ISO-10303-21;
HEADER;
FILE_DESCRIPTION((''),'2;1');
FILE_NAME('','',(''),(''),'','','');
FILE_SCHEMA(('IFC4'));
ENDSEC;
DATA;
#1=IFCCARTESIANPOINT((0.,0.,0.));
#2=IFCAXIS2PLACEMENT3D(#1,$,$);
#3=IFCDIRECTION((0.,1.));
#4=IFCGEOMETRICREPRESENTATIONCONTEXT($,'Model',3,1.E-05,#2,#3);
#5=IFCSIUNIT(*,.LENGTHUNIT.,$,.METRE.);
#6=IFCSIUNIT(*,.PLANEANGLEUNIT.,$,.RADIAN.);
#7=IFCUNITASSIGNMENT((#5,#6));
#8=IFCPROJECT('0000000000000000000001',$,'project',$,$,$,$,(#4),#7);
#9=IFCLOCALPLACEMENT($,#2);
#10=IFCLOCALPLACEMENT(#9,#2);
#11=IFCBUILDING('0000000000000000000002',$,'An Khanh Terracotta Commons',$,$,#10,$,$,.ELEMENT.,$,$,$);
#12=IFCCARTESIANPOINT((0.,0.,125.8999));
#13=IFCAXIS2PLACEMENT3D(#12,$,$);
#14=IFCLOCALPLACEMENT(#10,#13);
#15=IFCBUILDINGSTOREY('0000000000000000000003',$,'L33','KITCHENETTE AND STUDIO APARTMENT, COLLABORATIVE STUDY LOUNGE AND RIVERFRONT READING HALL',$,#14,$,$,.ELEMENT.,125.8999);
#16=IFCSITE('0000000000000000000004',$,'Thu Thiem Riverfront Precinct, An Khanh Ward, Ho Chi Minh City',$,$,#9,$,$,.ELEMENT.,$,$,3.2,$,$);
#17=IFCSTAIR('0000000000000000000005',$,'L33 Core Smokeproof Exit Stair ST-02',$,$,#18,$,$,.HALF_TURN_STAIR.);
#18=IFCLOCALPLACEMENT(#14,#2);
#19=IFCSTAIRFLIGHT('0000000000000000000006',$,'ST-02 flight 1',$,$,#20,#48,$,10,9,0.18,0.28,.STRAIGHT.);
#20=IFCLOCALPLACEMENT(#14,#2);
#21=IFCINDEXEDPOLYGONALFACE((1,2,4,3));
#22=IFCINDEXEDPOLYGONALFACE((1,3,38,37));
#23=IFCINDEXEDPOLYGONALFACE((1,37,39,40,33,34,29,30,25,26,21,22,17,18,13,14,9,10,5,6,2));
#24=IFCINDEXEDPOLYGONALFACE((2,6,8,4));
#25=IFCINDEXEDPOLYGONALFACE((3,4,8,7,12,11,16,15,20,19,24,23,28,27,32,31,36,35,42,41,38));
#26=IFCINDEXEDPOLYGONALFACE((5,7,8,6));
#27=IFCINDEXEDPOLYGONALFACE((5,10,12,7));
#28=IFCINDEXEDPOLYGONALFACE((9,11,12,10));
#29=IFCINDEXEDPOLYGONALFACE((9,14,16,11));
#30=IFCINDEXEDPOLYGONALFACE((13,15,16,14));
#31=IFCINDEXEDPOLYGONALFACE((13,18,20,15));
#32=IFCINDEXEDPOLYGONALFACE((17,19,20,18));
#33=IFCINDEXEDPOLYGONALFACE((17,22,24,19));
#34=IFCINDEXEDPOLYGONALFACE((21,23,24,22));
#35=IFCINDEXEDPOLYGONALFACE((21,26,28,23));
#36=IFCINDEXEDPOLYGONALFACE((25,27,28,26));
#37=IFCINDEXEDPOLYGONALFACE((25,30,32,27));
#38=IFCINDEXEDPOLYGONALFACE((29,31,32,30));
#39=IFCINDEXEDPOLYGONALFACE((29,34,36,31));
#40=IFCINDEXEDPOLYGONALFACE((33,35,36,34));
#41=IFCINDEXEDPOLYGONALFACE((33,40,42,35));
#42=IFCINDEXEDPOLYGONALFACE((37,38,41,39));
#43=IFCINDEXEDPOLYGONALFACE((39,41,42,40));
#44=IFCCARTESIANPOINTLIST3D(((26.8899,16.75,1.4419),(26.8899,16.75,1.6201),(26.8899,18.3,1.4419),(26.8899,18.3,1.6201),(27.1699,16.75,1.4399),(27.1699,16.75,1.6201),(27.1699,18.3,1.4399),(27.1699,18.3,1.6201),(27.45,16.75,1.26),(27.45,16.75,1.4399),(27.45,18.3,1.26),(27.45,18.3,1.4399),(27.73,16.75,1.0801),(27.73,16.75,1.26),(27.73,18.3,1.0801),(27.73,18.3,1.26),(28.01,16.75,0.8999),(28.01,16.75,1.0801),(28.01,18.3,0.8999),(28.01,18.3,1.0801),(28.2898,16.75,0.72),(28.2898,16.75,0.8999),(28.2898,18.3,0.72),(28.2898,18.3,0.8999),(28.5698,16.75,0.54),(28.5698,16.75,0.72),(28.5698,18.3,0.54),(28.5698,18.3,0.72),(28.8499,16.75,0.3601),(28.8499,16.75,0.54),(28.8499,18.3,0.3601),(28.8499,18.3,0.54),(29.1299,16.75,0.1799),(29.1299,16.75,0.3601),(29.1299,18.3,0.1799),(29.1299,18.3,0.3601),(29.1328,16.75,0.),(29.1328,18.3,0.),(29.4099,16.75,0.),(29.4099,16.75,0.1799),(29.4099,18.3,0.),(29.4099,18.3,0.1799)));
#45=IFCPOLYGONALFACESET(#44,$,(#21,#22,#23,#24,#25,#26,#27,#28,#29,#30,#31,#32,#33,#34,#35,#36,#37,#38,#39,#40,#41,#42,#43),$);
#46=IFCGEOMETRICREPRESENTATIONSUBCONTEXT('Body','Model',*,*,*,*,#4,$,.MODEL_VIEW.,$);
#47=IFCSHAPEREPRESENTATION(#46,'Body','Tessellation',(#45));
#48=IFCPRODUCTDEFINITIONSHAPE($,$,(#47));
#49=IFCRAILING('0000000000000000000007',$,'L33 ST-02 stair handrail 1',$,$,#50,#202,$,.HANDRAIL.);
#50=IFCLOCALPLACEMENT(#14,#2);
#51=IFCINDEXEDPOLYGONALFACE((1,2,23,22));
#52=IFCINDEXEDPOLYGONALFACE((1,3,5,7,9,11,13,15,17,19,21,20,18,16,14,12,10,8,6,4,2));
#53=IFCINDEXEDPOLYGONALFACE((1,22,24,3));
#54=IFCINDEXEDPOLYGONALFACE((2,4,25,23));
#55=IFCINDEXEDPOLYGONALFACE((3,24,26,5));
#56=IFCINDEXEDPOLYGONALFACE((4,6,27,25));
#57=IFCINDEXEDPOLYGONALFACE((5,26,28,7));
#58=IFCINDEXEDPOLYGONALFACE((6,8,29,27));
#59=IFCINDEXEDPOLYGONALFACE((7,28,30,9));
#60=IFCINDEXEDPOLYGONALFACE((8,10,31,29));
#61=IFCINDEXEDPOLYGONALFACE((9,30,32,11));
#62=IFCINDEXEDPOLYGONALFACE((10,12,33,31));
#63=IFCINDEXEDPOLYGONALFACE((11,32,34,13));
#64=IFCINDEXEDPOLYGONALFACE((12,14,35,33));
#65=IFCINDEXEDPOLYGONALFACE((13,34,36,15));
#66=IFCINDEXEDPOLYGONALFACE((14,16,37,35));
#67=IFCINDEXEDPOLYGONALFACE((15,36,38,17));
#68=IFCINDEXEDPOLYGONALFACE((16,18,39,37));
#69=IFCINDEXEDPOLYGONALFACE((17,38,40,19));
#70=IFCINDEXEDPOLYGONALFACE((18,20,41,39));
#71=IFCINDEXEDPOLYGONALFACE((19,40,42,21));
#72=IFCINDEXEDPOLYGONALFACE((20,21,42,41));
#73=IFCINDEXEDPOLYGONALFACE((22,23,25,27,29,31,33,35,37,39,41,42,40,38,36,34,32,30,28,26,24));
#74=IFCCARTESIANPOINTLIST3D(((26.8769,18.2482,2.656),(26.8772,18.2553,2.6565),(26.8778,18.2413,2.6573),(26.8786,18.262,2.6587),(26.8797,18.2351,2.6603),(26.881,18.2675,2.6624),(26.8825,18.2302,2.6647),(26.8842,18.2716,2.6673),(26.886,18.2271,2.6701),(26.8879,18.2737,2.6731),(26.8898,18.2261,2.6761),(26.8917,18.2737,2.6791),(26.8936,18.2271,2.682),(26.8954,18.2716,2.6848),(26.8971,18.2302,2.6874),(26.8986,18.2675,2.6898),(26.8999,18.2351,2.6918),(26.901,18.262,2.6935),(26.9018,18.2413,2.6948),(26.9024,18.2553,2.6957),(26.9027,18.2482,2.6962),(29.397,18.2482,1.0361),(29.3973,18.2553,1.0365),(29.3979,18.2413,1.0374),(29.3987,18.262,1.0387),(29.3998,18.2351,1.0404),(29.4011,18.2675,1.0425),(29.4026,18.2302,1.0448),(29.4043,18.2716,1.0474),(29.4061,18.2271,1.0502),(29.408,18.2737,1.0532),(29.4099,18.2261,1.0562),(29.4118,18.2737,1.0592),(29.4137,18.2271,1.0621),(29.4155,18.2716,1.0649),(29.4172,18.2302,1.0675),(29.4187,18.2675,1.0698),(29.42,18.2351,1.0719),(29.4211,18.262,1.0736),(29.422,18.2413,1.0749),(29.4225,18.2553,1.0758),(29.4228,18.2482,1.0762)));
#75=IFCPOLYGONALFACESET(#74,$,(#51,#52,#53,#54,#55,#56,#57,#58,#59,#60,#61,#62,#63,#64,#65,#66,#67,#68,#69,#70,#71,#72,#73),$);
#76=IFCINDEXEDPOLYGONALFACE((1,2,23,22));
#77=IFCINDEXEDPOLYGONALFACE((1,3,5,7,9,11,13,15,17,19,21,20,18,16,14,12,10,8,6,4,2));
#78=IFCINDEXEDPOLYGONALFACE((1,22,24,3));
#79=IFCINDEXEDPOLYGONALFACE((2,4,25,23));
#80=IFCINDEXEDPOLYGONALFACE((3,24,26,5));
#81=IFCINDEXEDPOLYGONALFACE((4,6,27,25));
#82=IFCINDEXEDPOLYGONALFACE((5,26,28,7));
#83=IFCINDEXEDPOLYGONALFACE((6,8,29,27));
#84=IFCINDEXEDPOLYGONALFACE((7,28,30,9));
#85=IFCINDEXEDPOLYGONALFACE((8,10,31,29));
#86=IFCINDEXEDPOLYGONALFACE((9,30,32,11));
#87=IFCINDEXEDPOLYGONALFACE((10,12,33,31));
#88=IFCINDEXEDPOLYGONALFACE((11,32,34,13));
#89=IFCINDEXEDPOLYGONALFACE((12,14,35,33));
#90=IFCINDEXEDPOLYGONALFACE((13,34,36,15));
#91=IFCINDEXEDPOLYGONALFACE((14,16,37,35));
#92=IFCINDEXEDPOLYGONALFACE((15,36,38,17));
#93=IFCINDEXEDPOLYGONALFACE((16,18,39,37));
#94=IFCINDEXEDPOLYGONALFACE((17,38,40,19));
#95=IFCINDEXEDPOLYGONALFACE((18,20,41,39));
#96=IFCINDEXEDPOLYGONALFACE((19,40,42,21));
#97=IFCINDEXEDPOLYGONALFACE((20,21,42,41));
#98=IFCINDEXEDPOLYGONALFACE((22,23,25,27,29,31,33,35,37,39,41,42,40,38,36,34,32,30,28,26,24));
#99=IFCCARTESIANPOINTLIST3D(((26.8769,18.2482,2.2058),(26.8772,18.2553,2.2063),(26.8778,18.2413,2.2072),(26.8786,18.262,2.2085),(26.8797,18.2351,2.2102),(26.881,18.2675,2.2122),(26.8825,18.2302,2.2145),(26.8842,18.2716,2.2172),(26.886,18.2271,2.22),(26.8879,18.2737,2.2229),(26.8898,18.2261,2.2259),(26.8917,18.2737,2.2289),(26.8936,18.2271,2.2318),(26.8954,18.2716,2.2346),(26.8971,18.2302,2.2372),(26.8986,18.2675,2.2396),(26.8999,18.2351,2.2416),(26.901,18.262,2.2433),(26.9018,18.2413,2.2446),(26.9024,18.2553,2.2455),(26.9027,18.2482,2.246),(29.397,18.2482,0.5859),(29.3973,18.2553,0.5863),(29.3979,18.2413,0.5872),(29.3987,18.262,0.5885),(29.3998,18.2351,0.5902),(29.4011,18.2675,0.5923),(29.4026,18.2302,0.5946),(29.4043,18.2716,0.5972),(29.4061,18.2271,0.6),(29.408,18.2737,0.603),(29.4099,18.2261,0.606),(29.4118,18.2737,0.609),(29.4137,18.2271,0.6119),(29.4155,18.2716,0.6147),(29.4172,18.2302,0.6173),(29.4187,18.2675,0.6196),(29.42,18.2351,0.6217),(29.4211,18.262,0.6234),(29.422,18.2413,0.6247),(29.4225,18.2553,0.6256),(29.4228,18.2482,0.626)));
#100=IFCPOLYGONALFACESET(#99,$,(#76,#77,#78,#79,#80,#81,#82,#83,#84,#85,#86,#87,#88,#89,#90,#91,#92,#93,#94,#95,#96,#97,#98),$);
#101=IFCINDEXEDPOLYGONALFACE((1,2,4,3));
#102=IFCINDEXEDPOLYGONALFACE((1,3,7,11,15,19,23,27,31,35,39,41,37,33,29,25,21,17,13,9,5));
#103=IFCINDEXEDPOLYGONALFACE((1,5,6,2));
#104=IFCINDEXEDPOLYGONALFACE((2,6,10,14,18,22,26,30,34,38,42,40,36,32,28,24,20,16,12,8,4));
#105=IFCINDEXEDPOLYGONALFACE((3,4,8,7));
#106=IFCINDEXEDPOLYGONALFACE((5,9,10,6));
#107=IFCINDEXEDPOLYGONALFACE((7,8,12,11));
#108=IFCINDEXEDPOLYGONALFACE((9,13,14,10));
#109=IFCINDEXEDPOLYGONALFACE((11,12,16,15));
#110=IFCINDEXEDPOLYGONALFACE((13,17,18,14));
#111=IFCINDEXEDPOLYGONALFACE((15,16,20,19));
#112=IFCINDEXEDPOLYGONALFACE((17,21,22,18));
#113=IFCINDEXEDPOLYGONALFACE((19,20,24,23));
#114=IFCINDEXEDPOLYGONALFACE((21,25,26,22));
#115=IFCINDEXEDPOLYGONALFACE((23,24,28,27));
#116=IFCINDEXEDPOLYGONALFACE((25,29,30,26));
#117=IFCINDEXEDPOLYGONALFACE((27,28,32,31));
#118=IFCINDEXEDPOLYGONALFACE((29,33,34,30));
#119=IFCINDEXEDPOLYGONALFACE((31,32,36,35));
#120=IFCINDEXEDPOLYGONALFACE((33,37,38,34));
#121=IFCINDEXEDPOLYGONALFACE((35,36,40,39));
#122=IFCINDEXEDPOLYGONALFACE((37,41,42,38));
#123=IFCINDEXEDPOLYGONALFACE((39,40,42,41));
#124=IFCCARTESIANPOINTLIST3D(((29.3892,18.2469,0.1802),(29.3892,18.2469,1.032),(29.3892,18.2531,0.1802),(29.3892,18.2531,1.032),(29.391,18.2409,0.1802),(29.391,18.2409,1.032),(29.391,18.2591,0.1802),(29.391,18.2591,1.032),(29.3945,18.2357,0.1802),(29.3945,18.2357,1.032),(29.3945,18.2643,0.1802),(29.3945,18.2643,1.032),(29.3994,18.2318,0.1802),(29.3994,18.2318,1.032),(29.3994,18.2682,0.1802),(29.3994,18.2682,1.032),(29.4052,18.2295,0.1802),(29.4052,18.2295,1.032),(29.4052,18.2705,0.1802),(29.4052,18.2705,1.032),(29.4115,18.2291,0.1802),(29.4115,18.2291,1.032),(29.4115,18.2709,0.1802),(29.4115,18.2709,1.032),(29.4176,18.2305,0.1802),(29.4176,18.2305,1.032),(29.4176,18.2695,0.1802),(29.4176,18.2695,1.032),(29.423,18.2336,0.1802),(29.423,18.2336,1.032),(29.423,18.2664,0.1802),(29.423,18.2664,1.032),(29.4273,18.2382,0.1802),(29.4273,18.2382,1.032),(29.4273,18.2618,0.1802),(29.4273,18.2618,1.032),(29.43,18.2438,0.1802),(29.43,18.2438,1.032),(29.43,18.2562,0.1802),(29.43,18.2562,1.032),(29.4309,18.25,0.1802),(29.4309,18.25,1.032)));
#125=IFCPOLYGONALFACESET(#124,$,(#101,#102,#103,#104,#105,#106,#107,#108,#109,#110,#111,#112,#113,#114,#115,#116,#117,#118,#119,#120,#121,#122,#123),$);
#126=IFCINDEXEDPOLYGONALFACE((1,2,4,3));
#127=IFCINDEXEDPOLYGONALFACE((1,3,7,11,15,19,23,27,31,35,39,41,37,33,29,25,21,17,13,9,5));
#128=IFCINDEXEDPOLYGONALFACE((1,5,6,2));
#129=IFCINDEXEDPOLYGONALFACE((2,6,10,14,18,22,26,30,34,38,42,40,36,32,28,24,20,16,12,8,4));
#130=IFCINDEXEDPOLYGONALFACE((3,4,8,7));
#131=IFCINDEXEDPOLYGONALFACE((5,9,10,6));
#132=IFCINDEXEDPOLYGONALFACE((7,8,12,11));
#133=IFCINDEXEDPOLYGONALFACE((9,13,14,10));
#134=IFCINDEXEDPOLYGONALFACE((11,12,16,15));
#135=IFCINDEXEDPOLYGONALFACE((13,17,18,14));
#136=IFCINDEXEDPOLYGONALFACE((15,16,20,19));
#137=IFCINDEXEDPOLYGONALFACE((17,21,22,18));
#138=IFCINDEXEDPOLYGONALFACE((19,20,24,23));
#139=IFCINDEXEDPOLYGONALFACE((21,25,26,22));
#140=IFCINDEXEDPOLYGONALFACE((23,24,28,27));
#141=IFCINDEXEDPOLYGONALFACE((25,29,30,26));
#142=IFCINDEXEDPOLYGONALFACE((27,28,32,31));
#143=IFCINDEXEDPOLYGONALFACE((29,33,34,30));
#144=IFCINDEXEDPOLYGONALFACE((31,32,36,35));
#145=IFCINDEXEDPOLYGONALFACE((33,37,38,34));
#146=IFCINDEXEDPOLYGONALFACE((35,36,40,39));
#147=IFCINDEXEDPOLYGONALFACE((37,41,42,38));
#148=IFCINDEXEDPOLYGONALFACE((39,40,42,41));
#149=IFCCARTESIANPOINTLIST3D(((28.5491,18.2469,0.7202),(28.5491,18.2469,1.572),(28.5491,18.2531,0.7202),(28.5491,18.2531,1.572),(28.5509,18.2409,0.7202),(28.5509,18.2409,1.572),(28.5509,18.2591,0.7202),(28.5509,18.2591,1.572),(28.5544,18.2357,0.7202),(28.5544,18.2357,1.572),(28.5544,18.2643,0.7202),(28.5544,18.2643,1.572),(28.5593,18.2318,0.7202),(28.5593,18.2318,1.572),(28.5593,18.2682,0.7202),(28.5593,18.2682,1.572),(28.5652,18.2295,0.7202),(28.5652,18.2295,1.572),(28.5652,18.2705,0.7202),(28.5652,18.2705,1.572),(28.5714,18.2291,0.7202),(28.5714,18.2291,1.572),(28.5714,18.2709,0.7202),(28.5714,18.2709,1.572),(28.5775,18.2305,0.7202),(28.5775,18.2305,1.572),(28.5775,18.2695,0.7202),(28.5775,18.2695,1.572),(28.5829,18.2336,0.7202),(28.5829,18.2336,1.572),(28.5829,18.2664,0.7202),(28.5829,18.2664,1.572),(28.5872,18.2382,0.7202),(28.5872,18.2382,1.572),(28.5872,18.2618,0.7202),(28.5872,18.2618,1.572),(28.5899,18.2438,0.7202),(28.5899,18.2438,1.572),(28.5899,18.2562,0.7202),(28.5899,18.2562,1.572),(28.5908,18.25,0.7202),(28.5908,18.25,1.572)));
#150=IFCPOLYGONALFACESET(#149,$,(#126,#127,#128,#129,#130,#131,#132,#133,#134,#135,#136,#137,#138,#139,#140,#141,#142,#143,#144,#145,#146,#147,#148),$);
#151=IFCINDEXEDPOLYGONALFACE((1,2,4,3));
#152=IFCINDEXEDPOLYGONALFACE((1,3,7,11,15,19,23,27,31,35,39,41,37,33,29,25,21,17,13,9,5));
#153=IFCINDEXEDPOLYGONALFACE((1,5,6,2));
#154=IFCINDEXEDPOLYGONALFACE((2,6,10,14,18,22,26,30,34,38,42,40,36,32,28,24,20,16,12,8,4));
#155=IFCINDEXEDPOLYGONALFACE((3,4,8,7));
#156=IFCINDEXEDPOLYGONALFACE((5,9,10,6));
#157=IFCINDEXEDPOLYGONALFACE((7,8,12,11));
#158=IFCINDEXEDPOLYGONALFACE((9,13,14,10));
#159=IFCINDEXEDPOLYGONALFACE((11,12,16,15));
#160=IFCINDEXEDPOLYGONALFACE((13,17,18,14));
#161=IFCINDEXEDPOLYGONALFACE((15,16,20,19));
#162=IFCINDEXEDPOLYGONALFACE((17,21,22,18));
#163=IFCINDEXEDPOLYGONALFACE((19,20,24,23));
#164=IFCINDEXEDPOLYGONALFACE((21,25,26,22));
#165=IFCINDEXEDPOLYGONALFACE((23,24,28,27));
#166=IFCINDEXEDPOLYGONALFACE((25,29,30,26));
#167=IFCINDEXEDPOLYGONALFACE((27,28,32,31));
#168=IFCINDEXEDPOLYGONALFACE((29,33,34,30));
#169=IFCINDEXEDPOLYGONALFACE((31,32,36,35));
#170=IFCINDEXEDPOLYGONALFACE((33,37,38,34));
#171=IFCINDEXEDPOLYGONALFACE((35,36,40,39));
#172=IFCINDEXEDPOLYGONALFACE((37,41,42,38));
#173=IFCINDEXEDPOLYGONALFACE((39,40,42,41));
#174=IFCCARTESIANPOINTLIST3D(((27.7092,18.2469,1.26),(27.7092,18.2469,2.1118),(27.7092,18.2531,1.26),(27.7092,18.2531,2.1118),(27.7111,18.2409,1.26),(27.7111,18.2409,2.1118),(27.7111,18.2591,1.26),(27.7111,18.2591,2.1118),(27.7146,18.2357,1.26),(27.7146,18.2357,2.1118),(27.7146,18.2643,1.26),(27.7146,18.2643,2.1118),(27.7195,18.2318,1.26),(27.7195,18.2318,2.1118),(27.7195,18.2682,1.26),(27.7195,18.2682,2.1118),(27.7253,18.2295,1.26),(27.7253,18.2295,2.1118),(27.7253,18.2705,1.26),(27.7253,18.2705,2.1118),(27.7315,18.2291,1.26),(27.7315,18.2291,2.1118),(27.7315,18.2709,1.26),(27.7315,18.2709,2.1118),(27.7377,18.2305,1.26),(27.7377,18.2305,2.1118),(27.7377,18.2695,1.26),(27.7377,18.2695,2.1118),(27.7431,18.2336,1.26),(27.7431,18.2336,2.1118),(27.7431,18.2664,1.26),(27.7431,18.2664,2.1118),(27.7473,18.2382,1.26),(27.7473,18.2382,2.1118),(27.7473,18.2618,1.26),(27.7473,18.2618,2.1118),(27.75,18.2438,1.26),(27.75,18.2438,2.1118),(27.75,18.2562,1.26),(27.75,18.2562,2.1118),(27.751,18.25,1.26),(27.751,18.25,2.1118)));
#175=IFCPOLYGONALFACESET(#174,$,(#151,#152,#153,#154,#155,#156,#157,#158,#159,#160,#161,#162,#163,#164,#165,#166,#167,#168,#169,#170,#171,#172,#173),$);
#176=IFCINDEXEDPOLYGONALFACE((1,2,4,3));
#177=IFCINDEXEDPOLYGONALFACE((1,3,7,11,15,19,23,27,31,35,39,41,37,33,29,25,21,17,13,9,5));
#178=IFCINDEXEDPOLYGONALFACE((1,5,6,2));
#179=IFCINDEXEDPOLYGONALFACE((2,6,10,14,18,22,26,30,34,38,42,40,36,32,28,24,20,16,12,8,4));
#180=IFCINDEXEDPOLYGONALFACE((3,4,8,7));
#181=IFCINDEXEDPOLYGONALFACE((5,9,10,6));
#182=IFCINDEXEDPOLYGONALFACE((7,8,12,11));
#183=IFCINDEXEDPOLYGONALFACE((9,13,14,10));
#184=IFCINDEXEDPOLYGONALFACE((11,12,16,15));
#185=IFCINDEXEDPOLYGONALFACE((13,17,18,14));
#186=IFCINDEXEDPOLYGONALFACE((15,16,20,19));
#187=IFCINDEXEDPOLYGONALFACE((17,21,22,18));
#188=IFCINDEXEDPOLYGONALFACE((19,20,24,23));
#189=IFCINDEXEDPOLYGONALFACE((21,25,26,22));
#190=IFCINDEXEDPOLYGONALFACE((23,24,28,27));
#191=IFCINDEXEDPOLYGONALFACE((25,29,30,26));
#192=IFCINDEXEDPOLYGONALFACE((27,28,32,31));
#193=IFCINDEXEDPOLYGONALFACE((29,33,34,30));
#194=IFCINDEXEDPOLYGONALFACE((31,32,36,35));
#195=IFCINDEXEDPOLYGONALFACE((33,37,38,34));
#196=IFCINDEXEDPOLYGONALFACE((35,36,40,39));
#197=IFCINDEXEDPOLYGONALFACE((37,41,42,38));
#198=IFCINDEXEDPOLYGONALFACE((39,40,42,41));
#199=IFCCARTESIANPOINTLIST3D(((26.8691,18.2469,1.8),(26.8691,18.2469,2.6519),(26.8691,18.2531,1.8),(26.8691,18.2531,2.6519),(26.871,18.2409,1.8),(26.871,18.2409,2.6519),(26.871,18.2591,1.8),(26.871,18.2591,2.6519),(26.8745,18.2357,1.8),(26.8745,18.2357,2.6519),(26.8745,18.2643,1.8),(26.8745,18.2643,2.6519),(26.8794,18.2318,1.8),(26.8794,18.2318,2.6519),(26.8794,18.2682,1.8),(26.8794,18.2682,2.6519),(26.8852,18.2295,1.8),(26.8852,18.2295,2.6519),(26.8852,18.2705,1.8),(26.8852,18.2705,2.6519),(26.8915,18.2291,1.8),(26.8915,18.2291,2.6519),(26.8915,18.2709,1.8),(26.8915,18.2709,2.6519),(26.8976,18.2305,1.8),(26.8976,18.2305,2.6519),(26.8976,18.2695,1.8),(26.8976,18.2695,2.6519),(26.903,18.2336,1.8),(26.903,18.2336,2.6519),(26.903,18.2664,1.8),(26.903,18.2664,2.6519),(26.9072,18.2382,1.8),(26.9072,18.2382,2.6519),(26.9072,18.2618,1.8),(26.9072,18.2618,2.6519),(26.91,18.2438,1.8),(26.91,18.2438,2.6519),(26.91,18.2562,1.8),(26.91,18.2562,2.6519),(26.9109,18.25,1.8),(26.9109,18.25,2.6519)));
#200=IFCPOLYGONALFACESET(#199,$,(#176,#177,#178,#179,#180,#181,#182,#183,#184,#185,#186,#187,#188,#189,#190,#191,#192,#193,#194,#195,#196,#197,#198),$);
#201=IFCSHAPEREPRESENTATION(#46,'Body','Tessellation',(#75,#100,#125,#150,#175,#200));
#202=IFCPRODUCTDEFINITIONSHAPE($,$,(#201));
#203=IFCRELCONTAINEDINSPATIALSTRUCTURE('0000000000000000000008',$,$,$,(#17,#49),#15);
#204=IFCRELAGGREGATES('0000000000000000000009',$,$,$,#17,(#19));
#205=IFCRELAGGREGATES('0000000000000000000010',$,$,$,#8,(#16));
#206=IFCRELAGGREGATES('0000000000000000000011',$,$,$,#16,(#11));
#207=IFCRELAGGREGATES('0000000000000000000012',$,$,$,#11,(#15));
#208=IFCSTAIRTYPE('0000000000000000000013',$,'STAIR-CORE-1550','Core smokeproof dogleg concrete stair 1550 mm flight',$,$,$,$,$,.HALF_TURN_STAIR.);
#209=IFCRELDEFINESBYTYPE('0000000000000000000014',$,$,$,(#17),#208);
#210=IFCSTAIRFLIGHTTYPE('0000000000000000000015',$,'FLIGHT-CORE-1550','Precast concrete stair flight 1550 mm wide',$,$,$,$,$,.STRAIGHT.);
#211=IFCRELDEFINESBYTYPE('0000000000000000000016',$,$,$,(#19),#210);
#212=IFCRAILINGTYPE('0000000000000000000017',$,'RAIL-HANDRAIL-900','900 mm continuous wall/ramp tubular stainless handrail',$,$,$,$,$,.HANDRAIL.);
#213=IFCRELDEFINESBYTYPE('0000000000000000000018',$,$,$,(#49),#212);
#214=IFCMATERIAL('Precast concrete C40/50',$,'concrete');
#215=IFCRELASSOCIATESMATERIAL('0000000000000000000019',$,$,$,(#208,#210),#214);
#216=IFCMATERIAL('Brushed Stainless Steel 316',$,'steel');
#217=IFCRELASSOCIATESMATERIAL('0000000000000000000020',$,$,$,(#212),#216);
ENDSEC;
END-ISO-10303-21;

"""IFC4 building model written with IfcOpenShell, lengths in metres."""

from ifc_helpers import new_model, si_unit, direction, frame, origin, origin_2d, place, context, subcontext, project, spatial, polyline, circle, outline, extrude, material, type_object, element, aggregate, save


model = new_model("IFC4")

# Units and contexts
model_context = context("Model", 3, precision=1e-05, world=origin(), true_north=direction((0.0, 1.0)))
body_context = subcontext(model_context, "Body", "Model", "MODEL_VIEW")
ifc_project = project(units=[si_unit("LENGTHUNIT", "METRE"), si_unit("PLANEANGLEUNIT", "RADIAN")], contexts=[model_context])

# Site, building, storey
site_placement = place(None, origin())
site = spatial("IfcSite", under=ifc_project, at=site_placement, Name="Thu Thiem Riverfront Precinct, An Khanh Ward, Ho Chi Minh City", CompositionType="ELEMENT", RefElevation=3.2)
building_placement = place(site_placement, origin())
building = spatial("IfcBuilding", under=site, at=building_placement, Name="An Khanh Terracotta Commons", CompositionType="ELEMENT")
storey_placement = place(building_placement, frame((0.0, 0.0, 125.8999)))
storey = spatial("IfcBuildingStorey", under=building, at=storey_placement, Name="L33", Description="KITCHENETTE AND STUDIO APARTMENT, COLLABORATIVE STUDY LOUNGE AND RIVERFRONT READING HALL", CompositionType="ELEMENT", Elevation=125.8999)

# Stair, stair flight
ifc_material_1 = material(Name="Precast concrete C40/50", Category="concrete")
stair_type = type_object("IfcStairType", Name="STAIR-CORE-1550", Description="Core smokeproof dogleg concrete stair 1550 mm flight", PredefinedType="HALF_TURN_STAIR", material=ifc_material_1)
stair_placement = place(storey_placement, origin())
stair = element("IfcStair", 1, at=stair_placement, inside=storey, type_object=stair_type, Name="L33 Core Smokeproof Exit Stair ST-02", PredefinedType="HALF_TURN_STAIR")
stair_flight_type = type_object("IfcStairFlightType", Name="FLIGHT-CORE-1550", Description="Precast concrete stair flight 1550 mm wide", PredefinedType="STRAIGHT", material=ifc_material_1)
stair_flight_placement = place(storey_placement, frame((29.4099, 17.5249, 0.0), z_axis=(0.0, 0.0, 1.0), x_axis=(-1.0, 0.0, 0.0)))
stair_flight = element("IfcStairFlight", 2, at=stair_flight_placement, type_object=stair_flight_type, Name="ST-02 flight 1", NumberOfRisers=10, NumberOfTreads=9, PredefinedType="STRAIGHT", RiserHeight=0.18, TreadLength=0.28, context=body_context, shape_type="SweptSolid", body=[
    extrude(outline(polyline([(0.0, 0.0), (0.0, 0.1799), (0.28, 0.1799), (0.28, 0.3601), (0.5601, 0.3601), (0.5601, 0.54), (0.8401, 0.54), (0.8401, 0.72), (1.1201, 0.72), (1.1201, 0.8999), (1.3999, 0.8999), (1.3999, 1.0801), (1.6799, 1.0801), (1.6799, 1.26), (1.96, 1.26), (1.96, 1.4399), (2.24, 1.4399), (2.24, 1.6201), (2.52, 1.6201), (2.52, 1.8), (2.52, 1.4419), (0.2771, 0.0), (0.0, 0.0)])), frame((0.0, 0.7749, 0.0), z_axis=(0.0, -1.0, 0.0), x_axis=(1.0, 0.0, 0.0)), (0.0, 0.0, 1.0), 1.55),
])
aggregate(stair, [stair_flight])

# Railing
ifc_material_2 = material(Name="Brushed Stainless Steel 316", Category="steel")
railing_type = type_object("IfcRailingType", Name="RAIL-HANDRAIL-900", Description="900 mm continuous wall/ramp tubular stainless handrail", PredefinedType="HANDRAIL", material=ifc_material_2)
railing_placement = place(storey_placement, frame((29.4099, 18.25, 0.1802)))
element("IfcRailing", 3, at=railing_placement, inside=storey, type_object=railing_type, Name="L33 ST-02 stair handrail 1", PredefinedType="HANDRAIL", context=body_context, shape_type="SweptSolid", body=[
    extrude(circle(Radius=0.0239, at=origin_2d()), frame((0.0, 0.0, 0.876), z_axis=(-0.8412, 0.0, 0.540725), x_axis=(0.0, -1.0, 0.0)), (0.0, 0.0, 1.0), 2.9958),
    extrude(circle(Radius=0.0239, at=origin_2d()), frame((0.0, 0.0, 0.4258), z_axis=(-0.8412, 0.0, 0.540725), x_axis=(0.0, -1.0, 0.0)), (0.0, 0.0, 1.0), 2.9958),
    extrude(circle(Radius=0.021, at=origin_2d()), origin(), (0.0, 0.0, 1.0), 0.8518),
    extrude(circle(Radius=0.021, at=origin_2d()), frame((-0.8401, 0.0, 0.54)), (0.0, 0.0, 1.0), 0.8518),
    extrude(circle(Radius=0.021, at=origin_2d()), frame((-1.6799, 0.0, 1.0798)), (0.0, 0.0, 1.0), 0.8518),
    extrude(circle(Radius=0.021, at=origin_2d()), frame((-2.52, 0.0, 1.6199)), (0.0, 0.0, 1.0), 0.8518),
])

save(model, "model.ifc")
